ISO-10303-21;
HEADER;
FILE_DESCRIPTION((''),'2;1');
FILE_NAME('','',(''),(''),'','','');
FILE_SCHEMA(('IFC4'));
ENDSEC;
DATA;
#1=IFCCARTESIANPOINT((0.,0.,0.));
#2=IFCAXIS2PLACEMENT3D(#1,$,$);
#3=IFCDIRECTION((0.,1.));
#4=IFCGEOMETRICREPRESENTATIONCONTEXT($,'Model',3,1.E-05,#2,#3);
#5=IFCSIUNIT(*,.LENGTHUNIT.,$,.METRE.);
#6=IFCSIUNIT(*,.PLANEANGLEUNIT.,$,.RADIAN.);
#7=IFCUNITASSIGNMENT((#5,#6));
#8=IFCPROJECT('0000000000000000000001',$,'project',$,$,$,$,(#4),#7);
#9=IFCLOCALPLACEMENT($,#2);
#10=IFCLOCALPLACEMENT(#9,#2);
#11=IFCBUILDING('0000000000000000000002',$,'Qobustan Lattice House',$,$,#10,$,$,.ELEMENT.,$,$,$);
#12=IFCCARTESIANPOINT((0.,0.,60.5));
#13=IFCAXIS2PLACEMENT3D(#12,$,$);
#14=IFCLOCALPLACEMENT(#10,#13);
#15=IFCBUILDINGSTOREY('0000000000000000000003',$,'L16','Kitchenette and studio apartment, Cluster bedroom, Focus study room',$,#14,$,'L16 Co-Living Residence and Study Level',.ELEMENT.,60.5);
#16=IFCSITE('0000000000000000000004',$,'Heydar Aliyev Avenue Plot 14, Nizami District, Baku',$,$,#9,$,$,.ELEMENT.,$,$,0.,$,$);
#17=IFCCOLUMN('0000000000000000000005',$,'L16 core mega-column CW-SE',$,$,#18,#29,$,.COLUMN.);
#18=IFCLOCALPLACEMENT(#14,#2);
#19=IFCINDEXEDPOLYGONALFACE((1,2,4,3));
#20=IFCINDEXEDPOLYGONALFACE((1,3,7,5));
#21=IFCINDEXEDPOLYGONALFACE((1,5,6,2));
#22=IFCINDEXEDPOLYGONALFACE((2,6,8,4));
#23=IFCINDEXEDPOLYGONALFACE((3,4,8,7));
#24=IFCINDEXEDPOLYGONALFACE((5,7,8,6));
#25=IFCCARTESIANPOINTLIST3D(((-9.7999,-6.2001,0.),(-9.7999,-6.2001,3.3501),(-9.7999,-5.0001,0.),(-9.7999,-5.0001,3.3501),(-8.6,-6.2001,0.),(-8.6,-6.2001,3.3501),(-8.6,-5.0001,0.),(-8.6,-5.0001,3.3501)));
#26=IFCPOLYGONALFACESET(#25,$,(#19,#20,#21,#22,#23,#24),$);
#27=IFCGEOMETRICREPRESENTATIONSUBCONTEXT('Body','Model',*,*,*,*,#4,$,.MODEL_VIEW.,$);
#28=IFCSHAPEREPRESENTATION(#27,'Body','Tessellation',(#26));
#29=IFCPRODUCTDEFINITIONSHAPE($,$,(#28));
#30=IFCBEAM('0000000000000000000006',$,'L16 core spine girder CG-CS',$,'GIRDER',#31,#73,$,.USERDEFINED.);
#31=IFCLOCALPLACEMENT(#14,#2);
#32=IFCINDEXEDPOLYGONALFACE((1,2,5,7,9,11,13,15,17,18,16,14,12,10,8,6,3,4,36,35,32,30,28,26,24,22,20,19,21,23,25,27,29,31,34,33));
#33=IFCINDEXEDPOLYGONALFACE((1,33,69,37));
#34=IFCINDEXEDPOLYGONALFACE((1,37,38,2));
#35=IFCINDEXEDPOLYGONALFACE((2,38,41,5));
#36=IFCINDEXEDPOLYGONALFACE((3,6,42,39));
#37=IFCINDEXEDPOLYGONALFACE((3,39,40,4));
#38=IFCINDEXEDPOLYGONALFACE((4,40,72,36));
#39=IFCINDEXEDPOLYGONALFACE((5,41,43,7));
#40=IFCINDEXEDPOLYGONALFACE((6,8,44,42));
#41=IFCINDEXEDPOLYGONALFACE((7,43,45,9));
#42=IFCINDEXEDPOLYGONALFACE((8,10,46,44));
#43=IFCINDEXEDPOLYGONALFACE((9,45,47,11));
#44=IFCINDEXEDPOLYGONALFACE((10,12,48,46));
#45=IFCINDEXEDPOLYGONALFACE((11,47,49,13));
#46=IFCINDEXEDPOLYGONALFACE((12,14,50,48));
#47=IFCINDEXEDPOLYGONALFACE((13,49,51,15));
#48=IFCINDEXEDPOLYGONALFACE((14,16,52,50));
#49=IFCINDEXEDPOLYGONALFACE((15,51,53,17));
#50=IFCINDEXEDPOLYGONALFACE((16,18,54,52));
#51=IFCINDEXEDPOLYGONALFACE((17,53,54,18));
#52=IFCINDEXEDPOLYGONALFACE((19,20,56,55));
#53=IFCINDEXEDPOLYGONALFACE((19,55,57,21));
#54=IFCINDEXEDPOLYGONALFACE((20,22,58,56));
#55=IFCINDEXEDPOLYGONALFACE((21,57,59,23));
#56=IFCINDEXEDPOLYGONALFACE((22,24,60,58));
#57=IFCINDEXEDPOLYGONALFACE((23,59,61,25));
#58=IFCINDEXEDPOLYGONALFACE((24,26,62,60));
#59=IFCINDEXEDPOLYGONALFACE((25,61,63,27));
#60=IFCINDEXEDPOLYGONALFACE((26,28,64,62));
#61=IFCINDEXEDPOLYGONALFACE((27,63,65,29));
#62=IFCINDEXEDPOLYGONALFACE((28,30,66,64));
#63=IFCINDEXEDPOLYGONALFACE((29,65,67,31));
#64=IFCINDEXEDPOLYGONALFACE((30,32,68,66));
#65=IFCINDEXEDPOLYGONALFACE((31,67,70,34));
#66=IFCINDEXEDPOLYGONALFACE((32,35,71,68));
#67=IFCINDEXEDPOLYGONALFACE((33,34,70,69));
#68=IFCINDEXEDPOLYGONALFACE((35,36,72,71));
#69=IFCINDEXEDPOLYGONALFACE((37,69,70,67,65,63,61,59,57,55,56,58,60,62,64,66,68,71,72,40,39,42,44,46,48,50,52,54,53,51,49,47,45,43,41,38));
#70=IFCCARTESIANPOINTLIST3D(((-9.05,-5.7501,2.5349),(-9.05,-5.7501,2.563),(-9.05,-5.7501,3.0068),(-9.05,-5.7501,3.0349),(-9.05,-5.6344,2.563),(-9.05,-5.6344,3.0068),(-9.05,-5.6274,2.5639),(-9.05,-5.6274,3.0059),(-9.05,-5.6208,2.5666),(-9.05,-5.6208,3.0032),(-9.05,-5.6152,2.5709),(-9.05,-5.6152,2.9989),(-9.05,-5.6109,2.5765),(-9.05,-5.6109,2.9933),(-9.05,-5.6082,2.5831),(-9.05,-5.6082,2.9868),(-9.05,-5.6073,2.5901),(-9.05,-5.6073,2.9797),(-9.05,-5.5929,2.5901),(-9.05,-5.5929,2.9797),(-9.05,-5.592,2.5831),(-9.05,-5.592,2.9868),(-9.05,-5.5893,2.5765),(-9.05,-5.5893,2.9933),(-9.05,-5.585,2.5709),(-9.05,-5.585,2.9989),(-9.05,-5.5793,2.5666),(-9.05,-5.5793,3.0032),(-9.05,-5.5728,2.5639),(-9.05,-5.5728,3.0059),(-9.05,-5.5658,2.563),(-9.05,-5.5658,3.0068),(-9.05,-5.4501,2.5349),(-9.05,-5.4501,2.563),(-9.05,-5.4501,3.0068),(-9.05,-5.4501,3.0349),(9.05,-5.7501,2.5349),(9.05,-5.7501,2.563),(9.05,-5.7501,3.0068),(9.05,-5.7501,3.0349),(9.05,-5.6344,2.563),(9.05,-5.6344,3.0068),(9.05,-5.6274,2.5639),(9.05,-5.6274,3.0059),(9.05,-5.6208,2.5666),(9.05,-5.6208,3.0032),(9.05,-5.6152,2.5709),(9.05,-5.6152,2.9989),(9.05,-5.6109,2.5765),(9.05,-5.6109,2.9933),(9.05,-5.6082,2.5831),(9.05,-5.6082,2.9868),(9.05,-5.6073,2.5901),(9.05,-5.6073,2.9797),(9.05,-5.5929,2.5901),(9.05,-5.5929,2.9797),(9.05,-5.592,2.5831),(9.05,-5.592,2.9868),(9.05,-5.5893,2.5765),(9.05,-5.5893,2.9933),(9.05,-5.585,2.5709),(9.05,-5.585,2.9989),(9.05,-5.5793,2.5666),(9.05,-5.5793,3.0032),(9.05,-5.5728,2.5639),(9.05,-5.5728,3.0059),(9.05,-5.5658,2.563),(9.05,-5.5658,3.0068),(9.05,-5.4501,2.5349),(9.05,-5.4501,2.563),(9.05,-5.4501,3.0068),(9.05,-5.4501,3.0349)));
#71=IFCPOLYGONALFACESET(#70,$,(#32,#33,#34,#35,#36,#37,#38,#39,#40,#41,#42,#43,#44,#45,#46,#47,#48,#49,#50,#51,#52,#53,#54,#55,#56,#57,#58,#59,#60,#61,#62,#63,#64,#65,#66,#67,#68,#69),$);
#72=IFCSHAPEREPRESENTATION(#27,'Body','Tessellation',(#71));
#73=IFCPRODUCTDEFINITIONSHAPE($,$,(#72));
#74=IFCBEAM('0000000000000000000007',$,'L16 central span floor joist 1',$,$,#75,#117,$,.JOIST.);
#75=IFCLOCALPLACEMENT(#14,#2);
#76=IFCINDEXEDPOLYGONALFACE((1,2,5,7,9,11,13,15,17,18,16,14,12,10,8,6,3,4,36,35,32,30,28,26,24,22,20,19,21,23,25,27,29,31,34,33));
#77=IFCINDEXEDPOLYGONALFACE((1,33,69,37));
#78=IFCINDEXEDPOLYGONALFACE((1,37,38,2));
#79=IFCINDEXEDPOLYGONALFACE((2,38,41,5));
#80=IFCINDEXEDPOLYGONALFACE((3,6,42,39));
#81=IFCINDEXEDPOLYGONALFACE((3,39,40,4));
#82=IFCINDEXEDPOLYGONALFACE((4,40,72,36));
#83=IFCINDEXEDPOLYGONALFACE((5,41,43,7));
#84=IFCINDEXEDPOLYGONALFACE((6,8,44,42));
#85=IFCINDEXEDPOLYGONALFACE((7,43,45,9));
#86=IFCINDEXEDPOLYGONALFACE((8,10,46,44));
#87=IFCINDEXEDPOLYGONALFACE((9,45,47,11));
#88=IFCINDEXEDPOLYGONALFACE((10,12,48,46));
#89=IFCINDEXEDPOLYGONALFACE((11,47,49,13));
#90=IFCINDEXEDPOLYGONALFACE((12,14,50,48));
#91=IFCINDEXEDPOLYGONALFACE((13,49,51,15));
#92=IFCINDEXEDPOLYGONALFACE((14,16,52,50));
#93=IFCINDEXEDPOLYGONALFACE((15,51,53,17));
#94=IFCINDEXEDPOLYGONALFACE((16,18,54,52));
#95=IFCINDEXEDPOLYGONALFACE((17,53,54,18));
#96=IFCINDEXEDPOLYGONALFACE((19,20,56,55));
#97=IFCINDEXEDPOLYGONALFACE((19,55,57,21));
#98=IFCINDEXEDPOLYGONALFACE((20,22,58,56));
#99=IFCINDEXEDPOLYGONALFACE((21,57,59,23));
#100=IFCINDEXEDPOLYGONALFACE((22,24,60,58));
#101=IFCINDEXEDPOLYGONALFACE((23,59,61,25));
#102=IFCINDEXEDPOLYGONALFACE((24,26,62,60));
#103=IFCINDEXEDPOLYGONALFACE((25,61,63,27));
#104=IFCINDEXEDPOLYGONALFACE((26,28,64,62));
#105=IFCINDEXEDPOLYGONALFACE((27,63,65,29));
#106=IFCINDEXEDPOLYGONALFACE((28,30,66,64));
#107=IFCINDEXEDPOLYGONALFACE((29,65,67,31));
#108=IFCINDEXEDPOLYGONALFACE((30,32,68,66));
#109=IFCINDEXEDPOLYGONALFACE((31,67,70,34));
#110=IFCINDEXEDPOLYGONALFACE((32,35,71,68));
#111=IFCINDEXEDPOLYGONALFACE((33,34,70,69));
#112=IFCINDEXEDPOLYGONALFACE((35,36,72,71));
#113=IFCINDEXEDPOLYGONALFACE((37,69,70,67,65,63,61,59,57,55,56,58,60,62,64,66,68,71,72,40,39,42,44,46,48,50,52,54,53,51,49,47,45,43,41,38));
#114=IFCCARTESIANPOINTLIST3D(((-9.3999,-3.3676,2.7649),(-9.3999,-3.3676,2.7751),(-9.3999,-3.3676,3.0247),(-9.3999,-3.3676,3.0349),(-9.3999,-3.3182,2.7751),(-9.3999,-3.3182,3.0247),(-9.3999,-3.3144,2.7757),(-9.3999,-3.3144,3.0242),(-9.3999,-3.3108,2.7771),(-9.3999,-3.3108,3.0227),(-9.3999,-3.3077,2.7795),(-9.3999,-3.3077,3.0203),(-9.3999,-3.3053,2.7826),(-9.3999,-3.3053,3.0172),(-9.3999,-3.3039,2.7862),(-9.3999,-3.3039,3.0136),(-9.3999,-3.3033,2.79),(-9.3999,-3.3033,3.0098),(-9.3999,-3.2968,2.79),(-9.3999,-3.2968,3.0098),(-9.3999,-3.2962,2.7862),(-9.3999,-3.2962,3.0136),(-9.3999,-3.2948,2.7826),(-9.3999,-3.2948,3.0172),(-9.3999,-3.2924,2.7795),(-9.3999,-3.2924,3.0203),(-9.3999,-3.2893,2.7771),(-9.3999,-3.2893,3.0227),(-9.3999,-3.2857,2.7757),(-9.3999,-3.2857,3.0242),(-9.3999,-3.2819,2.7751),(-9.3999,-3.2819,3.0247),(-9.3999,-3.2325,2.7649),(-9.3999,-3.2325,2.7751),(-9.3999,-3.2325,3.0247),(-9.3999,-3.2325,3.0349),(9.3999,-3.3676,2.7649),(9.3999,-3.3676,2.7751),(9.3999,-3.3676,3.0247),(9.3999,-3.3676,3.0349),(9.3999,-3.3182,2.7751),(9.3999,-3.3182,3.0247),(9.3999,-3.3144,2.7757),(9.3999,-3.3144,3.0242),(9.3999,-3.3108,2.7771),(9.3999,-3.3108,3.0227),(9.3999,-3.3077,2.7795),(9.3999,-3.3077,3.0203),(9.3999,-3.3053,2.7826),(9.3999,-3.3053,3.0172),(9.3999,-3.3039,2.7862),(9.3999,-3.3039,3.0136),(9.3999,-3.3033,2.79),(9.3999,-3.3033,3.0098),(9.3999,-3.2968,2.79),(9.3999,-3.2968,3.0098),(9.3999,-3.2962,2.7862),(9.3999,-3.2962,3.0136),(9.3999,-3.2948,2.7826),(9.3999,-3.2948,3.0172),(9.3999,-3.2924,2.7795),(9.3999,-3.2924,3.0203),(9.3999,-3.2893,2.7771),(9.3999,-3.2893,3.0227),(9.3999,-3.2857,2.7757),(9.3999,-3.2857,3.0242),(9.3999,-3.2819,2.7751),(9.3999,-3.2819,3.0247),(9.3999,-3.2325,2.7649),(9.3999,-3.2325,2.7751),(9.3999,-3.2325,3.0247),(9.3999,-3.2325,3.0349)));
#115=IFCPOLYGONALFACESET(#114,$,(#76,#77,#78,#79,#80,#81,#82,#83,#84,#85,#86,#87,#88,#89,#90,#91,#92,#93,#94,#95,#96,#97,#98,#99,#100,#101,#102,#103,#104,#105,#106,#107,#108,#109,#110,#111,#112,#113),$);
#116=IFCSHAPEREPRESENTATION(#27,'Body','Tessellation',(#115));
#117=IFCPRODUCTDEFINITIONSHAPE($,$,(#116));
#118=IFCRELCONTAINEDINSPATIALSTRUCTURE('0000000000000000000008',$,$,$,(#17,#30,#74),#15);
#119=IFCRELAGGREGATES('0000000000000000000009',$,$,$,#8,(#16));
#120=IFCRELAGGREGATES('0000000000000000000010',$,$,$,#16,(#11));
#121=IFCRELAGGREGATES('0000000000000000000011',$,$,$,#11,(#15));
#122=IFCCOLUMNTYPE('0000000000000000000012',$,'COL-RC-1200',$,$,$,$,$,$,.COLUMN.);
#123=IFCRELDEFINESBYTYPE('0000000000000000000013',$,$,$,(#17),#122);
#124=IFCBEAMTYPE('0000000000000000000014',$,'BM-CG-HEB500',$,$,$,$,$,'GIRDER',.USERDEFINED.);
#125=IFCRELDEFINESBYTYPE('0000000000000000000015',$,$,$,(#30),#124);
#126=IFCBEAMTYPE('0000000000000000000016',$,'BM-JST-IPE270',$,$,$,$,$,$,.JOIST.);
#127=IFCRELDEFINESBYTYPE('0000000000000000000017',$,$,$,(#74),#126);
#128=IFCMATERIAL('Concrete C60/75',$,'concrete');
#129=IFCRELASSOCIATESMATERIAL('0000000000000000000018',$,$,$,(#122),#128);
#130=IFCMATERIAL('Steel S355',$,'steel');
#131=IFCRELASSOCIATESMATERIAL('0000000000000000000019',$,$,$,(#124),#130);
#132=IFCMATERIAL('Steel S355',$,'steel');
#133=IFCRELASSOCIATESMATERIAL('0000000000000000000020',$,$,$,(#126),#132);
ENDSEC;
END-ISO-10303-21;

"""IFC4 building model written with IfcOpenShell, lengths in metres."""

from ifc_helpers import new_model, si_unit, direction, frame, origin, origin_2d, place, context, subcontext, project, spatial, rectangle, i_section, extrude, material, material_profile, profile_set, type_object, element, save


model = new_model("IFC4")

# Units and contexts
model_context = context("Model", 3, precision=1e-05, world=origin(), true_north=direction((0.0, 1.0)))
body_context = subcontext(model_context, "Body", "Model", "MODEL_VIEW")
ifc_project = project(units=[si_unit("LENGTHUNIT", "METRE"), si_unit("PLANEANGLEUNIT", "RADIAN")], contexts=[model_context])

# Site, building, storey
site_placement = place(None, origin())
site = spatial("IfcSite", under=ifc_project, at=site_placement, Name="Heydar Aliyev Avenue Plot 14, Nizami District, Baku", CompositionType="ELEMENT", RefElevation=0.0)
building_placement = place(site_placement, origin())
building = spatial("IfcBuilding", under=site, at=building_placement, Name="Qobustan Lattice House", CompositionType="ELEMENT")
storey_placement = place(building_placement, frame((0.0, 0.0, 60.5)))
storey = spatial("IfcBuildingStorey", under=building, at=storey_placement, Name="L16", Description="Kitchenette and studio apartment, Cluster bedroom, Focus study room", LongName="L16 Co-Living Residence and Study Level", CompositionType="ELEMENT", Elevation=60.5)

# Column
ifc_material_1 = material(Name="Concrete C60/75", Category="concrete")
ifc_material_profile_1 = material_profile(ifc_material_1, rectangle(XDim=1.2, YDim=1.2, at=origin_2d()), Name="RC1200x1200")
ifc_profile_set_1 = profile_set([ifc_material_profile_1], Name="Concrete C60/75")
column_type = type_object("IfcColumnType", Name="COL-RC-1200", PredefinedType="COLUMN", material=ifc_profile_set_1)
column_placement = place(storey_placement, frame((-9.2, -5.6001, 0.0), z_axis=(0.0, 0.0, 1.0), x_axis=(1.0, 0.0, 0.0)))
element("IfcColumn", 1, at=column_placement, inside=storey, type_object=column_type, Name="L16 core mega-column CW-SE", PredefinedType="COLUMN", context=body_context, shape_type="SweptSolid", body=[
    extrude(rectangle(XDim=1.2, YDim=1.2, at=origin_2d()), origin(), (0.0, 0.0, 1.0), 3.3501),
])

# Beams
ifc_material_2 = material(Name="Steel S355", Category="steel")
ifc_material_profile_2 = material_profile(ifc_material_2, i_section(OverallWidth=0.3, OverallDepth=0.5, WebThickness=0.0144, FlangeThickness=0.0281, FilletRadius=0.0271, at=origin_2d()), Name="HEB500")
ifc_profile_set_2 = profile_set([ifc_material_profile_2], Name="Steel S355")
beam_type_1 = type_object("IfcBeamType", Name="BM-CG-HEB500", ElementType="GIRDER", PredefinedType="USERDEFINED", material=ifc_profile_set_2)
beam_1_placement = place(storey_placement, frame((-9.05, -5.6001, 2.7849), z_axis=(1.0, 0.0, 0.0), x_axis=(0.0, 1.0, 0.0)))
element("IfcBeam", 2, at=beam_1_placement, inside=storey, type_object=beam_type_1, Name="L16 core spine girder CG-CS", ObjectType="GIRDER", PredefinedType="USERDEFINED", context=body_context, shape_type="SweptSolid", body=[
    extrude(i_section(OverallWidth=0.3, OverallDepth=0.5, WebThickness=0.0144, FlangeThickness=0.0281, FilletRadius=0.0271, at=origin_2d()), origin(), (0.0, 0.0, 1.0), 18.1001),
])
ifc_material_3 = material(Name="Steel S355", Category="steel")
ifc_material_profile_3 = material_profile(ifc_material_3, i_section(OverallWidth=0.135, OverallDepth=0.27, WebThickness=0.0066, FlangeThickness=0.0103, FilletRadius=0.0149, at=origin_2d()), Name="IPE270")
ifc_profile_set_3 = profile_set([ifc_material_profile_3], Name="Steel S355")
beam_type_2 = type_object("IfcBeamType", Name="BM-JST-IPE270", PredefinedType="JOIST", material=ifc_profile_set_3)
beam_2_placement = place(storey_placement, frame((-9.3999, -3.3, 2.8999), z_axis=(1.0, 0.0, 0.0), x_axis=(0.0, 1.0, 0.0)))
element("IfcBeam", 3, at=beam_2_placement, inside=storey, type_object=beam_type_2, Name="L16 central span floor joist 1", PredefinedType="JOIST", context=body_context, shape_type="SweptSolid", body=[
    extrude(i_section(OverallWidth=0.135, OverallDepth=0.27, WebThickness=0.0066, FlangeThickness=0.0103, FilletRadius=0.0149, at=origin_2d()), origin(), (0.0, 0.0, 1.0), 18.7998),
])

save(model, "model.ifc")
